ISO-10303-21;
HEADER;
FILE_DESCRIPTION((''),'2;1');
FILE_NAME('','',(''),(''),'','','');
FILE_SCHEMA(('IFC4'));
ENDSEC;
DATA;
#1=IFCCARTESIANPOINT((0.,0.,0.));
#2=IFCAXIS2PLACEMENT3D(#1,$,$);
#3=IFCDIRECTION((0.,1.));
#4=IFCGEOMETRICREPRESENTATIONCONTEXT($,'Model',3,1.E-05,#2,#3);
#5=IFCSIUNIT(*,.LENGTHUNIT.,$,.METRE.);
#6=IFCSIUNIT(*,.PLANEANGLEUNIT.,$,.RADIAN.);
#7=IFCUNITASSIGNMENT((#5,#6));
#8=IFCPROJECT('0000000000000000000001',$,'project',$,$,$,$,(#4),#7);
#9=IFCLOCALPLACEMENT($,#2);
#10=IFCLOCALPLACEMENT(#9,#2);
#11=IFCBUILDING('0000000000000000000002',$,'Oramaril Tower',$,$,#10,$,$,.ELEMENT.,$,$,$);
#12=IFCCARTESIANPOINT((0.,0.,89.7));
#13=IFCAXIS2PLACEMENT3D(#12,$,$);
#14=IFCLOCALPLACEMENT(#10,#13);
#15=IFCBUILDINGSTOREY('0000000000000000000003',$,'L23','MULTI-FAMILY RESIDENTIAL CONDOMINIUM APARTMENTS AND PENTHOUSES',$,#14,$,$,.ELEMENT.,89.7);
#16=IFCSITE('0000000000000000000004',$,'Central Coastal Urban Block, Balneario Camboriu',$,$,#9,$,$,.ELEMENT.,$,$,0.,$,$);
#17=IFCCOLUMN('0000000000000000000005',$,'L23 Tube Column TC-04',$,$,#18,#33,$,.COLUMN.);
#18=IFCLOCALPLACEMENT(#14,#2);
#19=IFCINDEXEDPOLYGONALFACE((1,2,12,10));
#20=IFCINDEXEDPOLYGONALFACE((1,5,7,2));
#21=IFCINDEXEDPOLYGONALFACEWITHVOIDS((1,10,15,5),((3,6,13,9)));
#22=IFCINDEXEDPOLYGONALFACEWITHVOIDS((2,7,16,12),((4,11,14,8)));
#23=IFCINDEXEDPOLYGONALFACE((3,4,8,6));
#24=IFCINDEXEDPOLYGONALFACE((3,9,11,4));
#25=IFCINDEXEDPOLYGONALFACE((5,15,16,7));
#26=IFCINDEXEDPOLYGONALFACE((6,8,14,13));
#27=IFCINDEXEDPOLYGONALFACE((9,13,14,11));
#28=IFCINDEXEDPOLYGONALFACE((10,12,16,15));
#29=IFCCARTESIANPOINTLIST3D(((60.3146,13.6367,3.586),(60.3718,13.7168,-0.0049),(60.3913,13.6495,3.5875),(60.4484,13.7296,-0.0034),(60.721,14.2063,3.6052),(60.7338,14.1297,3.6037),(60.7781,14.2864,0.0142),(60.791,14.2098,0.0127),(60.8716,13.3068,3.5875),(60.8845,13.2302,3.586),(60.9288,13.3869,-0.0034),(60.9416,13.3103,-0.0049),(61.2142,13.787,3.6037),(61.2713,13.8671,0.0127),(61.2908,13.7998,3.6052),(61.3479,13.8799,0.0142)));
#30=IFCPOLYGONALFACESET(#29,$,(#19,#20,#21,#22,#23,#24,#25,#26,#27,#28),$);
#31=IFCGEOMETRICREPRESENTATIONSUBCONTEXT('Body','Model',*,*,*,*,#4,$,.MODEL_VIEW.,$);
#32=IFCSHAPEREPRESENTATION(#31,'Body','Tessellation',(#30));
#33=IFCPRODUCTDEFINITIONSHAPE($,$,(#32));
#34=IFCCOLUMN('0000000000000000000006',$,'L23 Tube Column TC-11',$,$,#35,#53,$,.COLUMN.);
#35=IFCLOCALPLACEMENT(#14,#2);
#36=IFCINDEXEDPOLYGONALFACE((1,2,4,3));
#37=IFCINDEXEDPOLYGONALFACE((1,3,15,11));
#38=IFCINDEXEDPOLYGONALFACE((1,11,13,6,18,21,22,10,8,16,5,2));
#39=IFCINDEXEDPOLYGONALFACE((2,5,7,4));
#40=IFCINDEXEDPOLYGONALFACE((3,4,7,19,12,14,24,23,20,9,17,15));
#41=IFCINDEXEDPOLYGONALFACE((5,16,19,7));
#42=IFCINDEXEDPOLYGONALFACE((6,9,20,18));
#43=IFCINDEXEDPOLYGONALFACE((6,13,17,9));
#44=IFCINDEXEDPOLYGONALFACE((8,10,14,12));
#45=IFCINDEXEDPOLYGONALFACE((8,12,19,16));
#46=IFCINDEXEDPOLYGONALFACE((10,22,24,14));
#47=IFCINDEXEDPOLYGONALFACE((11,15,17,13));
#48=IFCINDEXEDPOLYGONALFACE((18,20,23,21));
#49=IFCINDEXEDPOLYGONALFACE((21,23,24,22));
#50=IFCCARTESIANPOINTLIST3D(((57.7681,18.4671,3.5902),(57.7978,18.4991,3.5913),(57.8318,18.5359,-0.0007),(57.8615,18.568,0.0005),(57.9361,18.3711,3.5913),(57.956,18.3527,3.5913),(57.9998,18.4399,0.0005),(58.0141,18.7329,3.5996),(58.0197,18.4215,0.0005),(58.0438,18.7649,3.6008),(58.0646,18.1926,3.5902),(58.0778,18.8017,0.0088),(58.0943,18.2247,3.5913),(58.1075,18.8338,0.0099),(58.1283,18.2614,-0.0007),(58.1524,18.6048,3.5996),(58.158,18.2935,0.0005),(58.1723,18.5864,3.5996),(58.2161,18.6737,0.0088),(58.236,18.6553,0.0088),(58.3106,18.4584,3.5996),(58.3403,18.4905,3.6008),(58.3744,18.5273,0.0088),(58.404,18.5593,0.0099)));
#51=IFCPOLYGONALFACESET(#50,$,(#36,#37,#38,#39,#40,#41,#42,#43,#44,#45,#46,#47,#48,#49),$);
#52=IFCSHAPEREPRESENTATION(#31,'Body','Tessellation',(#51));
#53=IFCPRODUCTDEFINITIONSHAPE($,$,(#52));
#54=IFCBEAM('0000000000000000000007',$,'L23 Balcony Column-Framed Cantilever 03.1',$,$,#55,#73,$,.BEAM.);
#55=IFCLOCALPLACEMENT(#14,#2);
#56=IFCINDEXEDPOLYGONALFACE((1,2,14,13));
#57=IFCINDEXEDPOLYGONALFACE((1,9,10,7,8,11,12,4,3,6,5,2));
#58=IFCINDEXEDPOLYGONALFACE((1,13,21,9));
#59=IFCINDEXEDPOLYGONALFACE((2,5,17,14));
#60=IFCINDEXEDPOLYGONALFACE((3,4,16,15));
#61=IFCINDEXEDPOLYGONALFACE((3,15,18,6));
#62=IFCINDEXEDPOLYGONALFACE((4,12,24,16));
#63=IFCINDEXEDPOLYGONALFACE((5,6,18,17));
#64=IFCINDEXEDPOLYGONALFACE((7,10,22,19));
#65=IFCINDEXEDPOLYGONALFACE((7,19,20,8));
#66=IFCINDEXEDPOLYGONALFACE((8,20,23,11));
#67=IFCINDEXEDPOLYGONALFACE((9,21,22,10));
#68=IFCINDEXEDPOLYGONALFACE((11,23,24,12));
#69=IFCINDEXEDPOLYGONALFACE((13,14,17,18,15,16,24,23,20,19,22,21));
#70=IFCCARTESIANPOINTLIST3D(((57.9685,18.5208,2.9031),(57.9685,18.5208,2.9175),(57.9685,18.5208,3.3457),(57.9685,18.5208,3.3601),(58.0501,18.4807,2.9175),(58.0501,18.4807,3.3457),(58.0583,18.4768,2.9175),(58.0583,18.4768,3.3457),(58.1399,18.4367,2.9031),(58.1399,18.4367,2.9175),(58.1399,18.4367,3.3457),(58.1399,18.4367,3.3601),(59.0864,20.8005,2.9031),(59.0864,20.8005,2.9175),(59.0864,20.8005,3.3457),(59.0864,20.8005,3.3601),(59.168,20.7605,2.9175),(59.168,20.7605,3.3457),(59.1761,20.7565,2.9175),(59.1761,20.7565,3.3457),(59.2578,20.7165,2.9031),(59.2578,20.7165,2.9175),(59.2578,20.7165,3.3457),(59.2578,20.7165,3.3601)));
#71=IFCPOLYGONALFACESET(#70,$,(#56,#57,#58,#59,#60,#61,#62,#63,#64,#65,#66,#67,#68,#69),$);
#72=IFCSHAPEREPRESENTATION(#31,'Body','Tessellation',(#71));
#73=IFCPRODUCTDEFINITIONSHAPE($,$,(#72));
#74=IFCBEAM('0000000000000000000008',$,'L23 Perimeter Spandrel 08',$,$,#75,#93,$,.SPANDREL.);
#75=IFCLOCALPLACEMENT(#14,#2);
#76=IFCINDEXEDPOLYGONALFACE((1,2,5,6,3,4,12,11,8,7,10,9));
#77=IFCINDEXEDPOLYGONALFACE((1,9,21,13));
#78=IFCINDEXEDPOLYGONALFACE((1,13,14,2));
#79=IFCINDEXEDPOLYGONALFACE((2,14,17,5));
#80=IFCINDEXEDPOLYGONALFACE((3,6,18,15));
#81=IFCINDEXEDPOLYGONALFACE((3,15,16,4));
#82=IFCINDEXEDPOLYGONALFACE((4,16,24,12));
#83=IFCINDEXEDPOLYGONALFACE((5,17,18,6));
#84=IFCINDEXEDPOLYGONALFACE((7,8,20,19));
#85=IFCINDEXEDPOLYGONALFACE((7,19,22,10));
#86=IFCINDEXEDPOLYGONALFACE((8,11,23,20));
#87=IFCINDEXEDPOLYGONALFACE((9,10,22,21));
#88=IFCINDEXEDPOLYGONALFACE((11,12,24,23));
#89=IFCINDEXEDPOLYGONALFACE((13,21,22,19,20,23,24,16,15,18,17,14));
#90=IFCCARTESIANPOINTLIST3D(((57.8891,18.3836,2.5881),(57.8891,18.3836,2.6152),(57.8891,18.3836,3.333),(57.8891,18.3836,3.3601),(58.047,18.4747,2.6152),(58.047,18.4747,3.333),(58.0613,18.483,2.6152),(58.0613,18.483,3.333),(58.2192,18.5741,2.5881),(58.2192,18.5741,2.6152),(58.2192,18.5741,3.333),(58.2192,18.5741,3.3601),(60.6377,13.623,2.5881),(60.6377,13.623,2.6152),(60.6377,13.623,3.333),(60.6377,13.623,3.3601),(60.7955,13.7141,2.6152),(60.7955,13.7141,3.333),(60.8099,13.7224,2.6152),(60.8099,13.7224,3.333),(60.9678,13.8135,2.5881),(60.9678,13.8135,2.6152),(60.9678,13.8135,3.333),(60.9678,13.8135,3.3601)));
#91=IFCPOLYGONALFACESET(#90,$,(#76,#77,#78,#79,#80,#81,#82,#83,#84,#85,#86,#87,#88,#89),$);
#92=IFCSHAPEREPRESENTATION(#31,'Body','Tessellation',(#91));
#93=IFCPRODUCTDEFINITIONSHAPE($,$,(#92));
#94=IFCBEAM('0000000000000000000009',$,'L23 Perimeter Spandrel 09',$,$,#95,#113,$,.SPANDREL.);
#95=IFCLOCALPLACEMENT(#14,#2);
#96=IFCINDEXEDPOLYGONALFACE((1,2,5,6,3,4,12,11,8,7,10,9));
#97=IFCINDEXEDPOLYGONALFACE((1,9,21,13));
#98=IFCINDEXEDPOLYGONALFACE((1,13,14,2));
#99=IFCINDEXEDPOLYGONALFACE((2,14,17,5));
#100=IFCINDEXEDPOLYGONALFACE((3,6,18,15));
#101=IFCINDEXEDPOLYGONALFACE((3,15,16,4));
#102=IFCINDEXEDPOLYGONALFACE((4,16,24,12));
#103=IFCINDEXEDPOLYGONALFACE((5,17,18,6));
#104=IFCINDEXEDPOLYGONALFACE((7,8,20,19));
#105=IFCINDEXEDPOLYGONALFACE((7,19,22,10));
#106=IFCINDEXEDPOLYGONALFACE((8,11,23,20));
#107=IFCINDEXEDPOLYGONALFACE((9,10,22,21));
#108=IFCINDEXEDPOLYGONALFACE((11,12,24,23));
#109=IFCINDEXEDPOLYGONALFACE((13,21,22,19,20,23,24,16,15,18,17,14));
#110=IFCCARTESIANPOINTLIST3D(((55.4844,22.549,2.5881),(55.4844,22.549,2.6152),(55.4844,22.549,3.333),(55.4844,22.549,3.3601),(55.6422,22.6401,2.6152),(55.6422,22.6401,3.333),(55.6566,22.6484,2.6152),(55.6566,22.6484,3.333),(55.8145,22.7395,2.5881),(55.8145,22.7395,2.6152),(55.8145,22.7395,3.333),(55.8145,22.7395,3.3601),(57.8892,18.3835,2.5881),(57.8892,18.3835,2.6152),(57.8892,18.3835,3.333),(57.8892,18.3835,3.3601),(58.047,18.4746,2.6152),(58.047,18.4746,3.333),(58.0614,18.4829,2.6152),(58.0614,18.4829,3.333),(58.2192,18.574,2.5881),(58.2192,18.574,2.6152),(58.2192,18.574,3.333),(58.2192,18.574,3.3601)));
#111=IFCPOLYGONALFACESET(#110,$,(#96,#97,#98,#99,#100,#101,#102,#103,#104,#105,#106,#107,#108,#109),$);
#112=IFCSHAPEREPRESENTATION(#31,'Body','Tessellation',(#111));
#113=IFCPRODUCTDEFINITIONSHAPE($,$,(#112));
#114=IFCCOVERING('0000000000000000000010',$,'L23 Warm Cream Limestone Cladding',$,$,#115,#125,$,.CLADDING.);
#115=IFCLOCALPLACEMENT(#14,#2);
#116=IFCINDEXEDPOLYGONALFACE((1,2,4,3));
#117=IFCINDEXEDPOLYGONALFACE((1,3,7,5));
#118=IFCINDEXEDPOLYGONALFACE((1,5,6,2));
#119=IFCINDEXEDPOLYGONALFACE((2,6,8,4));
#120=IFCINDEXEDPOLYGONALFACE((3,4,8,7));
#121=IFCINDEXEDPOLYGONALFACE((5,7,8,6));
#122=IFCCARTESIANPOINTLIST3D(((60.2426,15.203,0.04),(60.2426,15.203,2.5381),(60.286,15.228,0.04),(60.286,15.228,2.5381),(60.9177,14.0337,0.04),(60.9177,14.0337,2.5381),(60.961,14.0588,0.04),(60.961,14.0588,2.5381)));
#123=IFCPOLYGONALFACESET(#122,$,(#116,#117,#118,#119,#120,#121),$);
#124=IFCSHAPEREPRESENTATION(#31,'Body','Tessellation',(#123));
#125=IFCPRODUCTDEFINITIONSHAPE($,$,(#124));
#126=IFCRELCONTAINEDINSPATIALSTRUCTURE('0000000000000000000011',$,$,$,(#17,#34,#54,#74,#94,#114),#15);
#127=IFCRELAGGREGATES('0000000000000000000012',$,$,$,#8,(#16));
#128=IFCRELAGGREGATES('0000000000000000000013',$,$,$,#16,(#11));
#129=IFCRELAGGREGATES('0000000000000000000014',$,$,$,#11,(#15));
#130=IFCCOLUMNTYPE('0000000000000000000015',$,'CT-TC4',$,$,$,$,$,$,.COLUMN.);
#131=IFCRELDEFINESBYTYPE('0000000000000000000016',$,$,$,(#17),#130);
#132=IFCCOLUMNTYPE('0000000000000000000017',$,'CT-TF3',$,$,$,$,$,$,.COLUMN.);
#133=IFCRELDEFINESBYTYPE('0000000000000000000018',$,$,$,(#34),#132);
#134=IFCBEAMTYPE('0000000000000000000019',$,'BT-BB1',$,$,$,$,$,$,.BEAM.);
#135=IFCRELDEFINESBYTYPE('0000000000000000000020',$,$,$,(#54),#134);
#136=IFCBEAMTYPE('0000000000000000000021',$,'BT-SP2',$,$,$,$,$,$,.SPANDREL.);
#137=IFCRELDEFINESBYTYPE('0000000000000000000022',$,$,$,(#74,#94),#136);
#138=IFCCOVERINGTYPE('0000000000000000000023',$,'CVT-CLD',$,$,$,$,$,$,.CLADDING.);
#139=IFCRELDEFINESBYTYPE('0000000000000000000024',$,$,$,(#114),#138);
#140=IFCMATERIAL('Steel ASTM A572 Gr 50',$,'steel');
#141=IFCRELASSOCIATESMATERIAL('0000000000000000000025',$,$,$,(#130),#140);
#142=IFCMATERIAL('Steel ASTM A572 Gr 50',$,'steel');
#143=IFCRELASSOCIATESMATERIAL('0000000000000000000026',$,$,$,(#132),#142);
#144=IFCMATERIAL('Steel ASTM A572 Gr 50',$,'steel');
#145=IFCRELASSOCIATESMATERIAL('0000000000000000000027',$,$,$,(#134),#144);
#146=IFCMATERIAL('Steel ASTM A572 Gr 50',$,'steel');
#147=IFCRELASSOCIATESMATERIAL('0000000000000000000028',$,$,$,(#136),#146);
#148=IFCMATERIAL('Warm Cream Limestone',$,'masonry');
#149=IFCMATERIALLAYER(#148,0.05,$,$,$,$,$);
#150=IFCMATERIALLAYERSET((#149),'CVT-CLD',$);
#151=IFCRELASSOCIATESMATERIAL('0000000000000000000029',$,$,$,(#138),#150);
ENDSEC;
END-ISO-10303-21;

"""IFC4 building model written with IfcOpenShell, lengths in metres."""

from ifc_helpers import new_model, si_unit, direction, frame, origin, origin_2d, place, context, subcontext, project, spatial, rectangle, hollow_rectangle, i_section, extrude, material, layer, layer_set, material_profile, profile_set, type_object, element, save


model = new_model("IFC4")

# Units and contexts
model_context = context("Model", 3, precision=1e-05, world=origin(), true_north=direction((0.0, 1.0)))
body_context = subcontext(model_context, "Body", "Model", "MODEL_VIEW")
ifc_project = project(units=[si_unit("LENGTHUNIT", "METRE"), si_unit("PLANEANGLEUNIT", "RADIAN")], contexts=[model_context])

# Site, building, storey
site_placement = place(None, origin())
site = spatial("IfcSite", under=ifc_project, at=site_placement, Name="Central Coastal Urban Block, Balneario Camboriu", CompositionType="ELEMENT", RefElevation=0.0)
building_placement = place(site_placement, origin())
building = spatial("IfcBuilding", under=site, at=building_placement, Name="Oramaril Tower", CompositionType="ELEMENT")
storey_placement = place(building_placement, frame((0.0, 0.0, 89.7)))
storey = spatial("IfcBuildingStorey", under=building, at=storey_placement, Name="L23", Description="MULTI-FAMILY RESIDENTIAL CONDOMINIUM APARTMENTS AND PENTHOUSES", CompositionType="ELEMENT", Elevation=89.7)

# Columns
ifc_material_1 = material(Name="Steel ASTM A572 Gr 50", Category="steel")
ifc_material_profile_1 = material_profile(ifc_material_1, hollow_rectangle(XDim=0.7, YDim=0.7, WallThickness=0.0549, at=origin_2d()), Name="BOX700X700X55")
ifc_profile_set_1 = profile_set([ifc_material_profile_1], Name="Steel ASTM A572 Gr 50")
column_type_1 = type_object("IfcColumnType", Name="CT-TC4", PredefinedType="COLUMN", material=ifc_profile_set_1)
column_1_placement = place(storey_placement, frame((60.8599, 13.7983, 0.0046), z_axis=(-0.015904, -0.022292, 0.999625), x_axis=(0.814069, -0.580769, 0.0)))
element("IfcColumn", 1, at=column_1_placement, inside=storey, type_object=column_type_1, Name="L23 Tube Column TC-04", PredefinedType="COLUMN", context=body_context, shape_type="SweptSolid", body=[
    extrude(hollow_rectangle(XDim=0.7, YDim=0.7, WallThickness=0.0549, at=origin_2d()), origin(), (0.0, 0.0, 1.0), 3.5923),
])
ifc_material_2 = material(Name="Steel ASTM A572 Gr 50", Category="steel")
ifc_material_profile_2 = material_profile(ifc_material_2, i_section(OverallWidth=0.4041, OverallDepth=0.406, WebThickness=0.0271, FlangeThickness=0.0437, at=origin_2d()), Name="W14X233")
ifc_profile_set_2 = profile_set([ifc_material_profile_2], Name="Steel ASTM A572 Gr 50")
column_type_2 = type_object("IfcColumnType", Name="CT-TF3", PredefinedType="COLUMN", material=ifc_profile_set_2)
column_2_placement = place(storey_placement, frame((58.1179, 18.5476, 0.0046), z_axis=(-0.017739, -0.019167, 0.999659), x_axis=(0.733905, -0.679252, 0.0)))
element("IfcColumn", 2, at=column_2_placement, inside=storey, type_object=column_type_2, Name="L23 Tube Column TC-11", PredefinedType="COLUMN", context=body_context, shape_type="SweptSolid", body=[
    extrude(i_section(OverallWidth=0.4041, OverallDepth=0.406, WebThickness=0.0271, FlangeThickness=0.0437, at=origin_2d()), origin(), (0.0, 0.0, 1.0), 3.592),
])

# Beams
ifc_material_3 = material(Name="Steel ASTM A572 Gr 50", Category="steel")
ifc_material_profile_3 = material_profile(ifc_material_3, i_section(OverallWidth=0.1909, OverallDepth=0.457, WebThickness=0.009, FlangeThickness=0.0144, at=origin_2d()), Name="W18X50")
ifc_profile_set_3 = profile_set([ifc_material_profile_3], Name="Steel ASTM A572 Gr 50")
beam_type_1 = type_object("IfcBeamType", Name="BT-BB1", PredefinedType="BEAM", material=ifc_profile_set_3)
beam_1_placement = place(storey_placement, frame((58.0542, 18.4788, 3.1316), z_axis=(0.440277, 0.897862, 0.0), x_axis=(-0.897862, 0.440277, 0.0)))
element("IfcBeam", 3, at=beam_1_placement, inside=storey, type_object=beam_type_1, Name="L23 Balcony Column-Framed Cantilever 03.1", PredefinedType="BEAM", context=body_context, shape_type="SweptSolid", body=[
    extrude(i_section(OverallWidth=0.1909, OverallDepth=0.457, WebThickness=0.009, FlangeThickness=0.0144, at=origin_2d()), origin(), (0.0, 0.0, 1.0), 2.5391),
])
ifc_material_4 = material(Name="Steel ASTM A572 Gr 50", Category="steel")
ifc_material_profile_4 = material_profile(ifc_material_4, i_section(OverallWidth=0.3811, OverallDepth=0.772, WebThickness=0.0166, FlangeThickness=0.0271, at=origin_2d()), Name="W30X173")
ifc_profile_set_4 = profile_set([ifc_material_profile_4], Name="Steel ASTM A572 Gr 50")
beam_type_2 = type_object("IfcBeamType", Name="BT-SP2", PredefinedType="SPANDREL", material=ifc_profile_set_4)
beam_2_placement = place(storey_placement, frame((60.8027, 13.7183, 2.9741), z_axis=(-0.500008, 0.866021, 0.0), x_axis=(-0.866021, -0.500008, 0.0)))
element("IfcBeam", 4, at=beam_2_placement, inside=storey, type_object=beam_type_2, Name="L23 Perimeter Spandrel 08", PredefinedType="SPANDREL", context=body_context, shape_type="SweptSolid", body=[
    extrude(i_section(OverallWidth=0.3811, OverallDepth=0.772, WebThickness=0.0166, FlangeThickness=0.0271, at=origin_2d()), origin(), (0.0, 0.0, 1.0), 5.4971),
])
beam_3_placement = place(storey_placement, frame((58.0542, 18.4788, 2.9741), z_axis=(-0.499971, 0.866042, 0.0), x_axis=(-0.866042, -0.499971, 0.0)))
element("IfcBeam", 5, at=beam_3_placement, inside=storey, type_object=beam_type_2, Name="L23 Perimeter Spandrel 09", PredefinedType="SPANDREL", context=body_context, shape_type="SweptSolid", body=[
    extrude(i_section(OverallWidth=0.3811, OverallDepth=0.772, WebThickness=0.0166, FlangeThickness=0.0271, at=origin_2d()), origin(), (0.0, 0.0, 1.0), 4.8098),
])

# Covering
ifc_material_5 = material(Name="Warm Cream Limestone", Category="masonry")
ifc_layer_1 = layer(ifc_material_5, 0.05)
ifc_layer_set_1 = layer_set([ifc_layer_1], Name="CVT-CLD")
covering_type = type_object("IfcCoveringType", Name="CVT-CLD", PredefinedType="CLADDING", material=ifc_layer_set_1)
covering_placement = place(storey_placement, frame((60.6018, 14.6309, 0.04), z_axis=(0.0, 0.0, 1.0), x_axis=(-0.5, 0.866025, 0.0)))
element("IfcCovering", 6, at=covering_placement, inside=storey, type_object=covering_type, Name="L23 Warm Cream Limestone Cladding", PredefinedType="CLADDING", context=body_context, shape_type="SweptSolid", body=[
    extrude(rectangle(XDim=1.3501, YDim=0.05, at=origin_2d()), origin(), (0.0, 0.0, 1.0), 2.498),
])

save(model, "model.ifc")
